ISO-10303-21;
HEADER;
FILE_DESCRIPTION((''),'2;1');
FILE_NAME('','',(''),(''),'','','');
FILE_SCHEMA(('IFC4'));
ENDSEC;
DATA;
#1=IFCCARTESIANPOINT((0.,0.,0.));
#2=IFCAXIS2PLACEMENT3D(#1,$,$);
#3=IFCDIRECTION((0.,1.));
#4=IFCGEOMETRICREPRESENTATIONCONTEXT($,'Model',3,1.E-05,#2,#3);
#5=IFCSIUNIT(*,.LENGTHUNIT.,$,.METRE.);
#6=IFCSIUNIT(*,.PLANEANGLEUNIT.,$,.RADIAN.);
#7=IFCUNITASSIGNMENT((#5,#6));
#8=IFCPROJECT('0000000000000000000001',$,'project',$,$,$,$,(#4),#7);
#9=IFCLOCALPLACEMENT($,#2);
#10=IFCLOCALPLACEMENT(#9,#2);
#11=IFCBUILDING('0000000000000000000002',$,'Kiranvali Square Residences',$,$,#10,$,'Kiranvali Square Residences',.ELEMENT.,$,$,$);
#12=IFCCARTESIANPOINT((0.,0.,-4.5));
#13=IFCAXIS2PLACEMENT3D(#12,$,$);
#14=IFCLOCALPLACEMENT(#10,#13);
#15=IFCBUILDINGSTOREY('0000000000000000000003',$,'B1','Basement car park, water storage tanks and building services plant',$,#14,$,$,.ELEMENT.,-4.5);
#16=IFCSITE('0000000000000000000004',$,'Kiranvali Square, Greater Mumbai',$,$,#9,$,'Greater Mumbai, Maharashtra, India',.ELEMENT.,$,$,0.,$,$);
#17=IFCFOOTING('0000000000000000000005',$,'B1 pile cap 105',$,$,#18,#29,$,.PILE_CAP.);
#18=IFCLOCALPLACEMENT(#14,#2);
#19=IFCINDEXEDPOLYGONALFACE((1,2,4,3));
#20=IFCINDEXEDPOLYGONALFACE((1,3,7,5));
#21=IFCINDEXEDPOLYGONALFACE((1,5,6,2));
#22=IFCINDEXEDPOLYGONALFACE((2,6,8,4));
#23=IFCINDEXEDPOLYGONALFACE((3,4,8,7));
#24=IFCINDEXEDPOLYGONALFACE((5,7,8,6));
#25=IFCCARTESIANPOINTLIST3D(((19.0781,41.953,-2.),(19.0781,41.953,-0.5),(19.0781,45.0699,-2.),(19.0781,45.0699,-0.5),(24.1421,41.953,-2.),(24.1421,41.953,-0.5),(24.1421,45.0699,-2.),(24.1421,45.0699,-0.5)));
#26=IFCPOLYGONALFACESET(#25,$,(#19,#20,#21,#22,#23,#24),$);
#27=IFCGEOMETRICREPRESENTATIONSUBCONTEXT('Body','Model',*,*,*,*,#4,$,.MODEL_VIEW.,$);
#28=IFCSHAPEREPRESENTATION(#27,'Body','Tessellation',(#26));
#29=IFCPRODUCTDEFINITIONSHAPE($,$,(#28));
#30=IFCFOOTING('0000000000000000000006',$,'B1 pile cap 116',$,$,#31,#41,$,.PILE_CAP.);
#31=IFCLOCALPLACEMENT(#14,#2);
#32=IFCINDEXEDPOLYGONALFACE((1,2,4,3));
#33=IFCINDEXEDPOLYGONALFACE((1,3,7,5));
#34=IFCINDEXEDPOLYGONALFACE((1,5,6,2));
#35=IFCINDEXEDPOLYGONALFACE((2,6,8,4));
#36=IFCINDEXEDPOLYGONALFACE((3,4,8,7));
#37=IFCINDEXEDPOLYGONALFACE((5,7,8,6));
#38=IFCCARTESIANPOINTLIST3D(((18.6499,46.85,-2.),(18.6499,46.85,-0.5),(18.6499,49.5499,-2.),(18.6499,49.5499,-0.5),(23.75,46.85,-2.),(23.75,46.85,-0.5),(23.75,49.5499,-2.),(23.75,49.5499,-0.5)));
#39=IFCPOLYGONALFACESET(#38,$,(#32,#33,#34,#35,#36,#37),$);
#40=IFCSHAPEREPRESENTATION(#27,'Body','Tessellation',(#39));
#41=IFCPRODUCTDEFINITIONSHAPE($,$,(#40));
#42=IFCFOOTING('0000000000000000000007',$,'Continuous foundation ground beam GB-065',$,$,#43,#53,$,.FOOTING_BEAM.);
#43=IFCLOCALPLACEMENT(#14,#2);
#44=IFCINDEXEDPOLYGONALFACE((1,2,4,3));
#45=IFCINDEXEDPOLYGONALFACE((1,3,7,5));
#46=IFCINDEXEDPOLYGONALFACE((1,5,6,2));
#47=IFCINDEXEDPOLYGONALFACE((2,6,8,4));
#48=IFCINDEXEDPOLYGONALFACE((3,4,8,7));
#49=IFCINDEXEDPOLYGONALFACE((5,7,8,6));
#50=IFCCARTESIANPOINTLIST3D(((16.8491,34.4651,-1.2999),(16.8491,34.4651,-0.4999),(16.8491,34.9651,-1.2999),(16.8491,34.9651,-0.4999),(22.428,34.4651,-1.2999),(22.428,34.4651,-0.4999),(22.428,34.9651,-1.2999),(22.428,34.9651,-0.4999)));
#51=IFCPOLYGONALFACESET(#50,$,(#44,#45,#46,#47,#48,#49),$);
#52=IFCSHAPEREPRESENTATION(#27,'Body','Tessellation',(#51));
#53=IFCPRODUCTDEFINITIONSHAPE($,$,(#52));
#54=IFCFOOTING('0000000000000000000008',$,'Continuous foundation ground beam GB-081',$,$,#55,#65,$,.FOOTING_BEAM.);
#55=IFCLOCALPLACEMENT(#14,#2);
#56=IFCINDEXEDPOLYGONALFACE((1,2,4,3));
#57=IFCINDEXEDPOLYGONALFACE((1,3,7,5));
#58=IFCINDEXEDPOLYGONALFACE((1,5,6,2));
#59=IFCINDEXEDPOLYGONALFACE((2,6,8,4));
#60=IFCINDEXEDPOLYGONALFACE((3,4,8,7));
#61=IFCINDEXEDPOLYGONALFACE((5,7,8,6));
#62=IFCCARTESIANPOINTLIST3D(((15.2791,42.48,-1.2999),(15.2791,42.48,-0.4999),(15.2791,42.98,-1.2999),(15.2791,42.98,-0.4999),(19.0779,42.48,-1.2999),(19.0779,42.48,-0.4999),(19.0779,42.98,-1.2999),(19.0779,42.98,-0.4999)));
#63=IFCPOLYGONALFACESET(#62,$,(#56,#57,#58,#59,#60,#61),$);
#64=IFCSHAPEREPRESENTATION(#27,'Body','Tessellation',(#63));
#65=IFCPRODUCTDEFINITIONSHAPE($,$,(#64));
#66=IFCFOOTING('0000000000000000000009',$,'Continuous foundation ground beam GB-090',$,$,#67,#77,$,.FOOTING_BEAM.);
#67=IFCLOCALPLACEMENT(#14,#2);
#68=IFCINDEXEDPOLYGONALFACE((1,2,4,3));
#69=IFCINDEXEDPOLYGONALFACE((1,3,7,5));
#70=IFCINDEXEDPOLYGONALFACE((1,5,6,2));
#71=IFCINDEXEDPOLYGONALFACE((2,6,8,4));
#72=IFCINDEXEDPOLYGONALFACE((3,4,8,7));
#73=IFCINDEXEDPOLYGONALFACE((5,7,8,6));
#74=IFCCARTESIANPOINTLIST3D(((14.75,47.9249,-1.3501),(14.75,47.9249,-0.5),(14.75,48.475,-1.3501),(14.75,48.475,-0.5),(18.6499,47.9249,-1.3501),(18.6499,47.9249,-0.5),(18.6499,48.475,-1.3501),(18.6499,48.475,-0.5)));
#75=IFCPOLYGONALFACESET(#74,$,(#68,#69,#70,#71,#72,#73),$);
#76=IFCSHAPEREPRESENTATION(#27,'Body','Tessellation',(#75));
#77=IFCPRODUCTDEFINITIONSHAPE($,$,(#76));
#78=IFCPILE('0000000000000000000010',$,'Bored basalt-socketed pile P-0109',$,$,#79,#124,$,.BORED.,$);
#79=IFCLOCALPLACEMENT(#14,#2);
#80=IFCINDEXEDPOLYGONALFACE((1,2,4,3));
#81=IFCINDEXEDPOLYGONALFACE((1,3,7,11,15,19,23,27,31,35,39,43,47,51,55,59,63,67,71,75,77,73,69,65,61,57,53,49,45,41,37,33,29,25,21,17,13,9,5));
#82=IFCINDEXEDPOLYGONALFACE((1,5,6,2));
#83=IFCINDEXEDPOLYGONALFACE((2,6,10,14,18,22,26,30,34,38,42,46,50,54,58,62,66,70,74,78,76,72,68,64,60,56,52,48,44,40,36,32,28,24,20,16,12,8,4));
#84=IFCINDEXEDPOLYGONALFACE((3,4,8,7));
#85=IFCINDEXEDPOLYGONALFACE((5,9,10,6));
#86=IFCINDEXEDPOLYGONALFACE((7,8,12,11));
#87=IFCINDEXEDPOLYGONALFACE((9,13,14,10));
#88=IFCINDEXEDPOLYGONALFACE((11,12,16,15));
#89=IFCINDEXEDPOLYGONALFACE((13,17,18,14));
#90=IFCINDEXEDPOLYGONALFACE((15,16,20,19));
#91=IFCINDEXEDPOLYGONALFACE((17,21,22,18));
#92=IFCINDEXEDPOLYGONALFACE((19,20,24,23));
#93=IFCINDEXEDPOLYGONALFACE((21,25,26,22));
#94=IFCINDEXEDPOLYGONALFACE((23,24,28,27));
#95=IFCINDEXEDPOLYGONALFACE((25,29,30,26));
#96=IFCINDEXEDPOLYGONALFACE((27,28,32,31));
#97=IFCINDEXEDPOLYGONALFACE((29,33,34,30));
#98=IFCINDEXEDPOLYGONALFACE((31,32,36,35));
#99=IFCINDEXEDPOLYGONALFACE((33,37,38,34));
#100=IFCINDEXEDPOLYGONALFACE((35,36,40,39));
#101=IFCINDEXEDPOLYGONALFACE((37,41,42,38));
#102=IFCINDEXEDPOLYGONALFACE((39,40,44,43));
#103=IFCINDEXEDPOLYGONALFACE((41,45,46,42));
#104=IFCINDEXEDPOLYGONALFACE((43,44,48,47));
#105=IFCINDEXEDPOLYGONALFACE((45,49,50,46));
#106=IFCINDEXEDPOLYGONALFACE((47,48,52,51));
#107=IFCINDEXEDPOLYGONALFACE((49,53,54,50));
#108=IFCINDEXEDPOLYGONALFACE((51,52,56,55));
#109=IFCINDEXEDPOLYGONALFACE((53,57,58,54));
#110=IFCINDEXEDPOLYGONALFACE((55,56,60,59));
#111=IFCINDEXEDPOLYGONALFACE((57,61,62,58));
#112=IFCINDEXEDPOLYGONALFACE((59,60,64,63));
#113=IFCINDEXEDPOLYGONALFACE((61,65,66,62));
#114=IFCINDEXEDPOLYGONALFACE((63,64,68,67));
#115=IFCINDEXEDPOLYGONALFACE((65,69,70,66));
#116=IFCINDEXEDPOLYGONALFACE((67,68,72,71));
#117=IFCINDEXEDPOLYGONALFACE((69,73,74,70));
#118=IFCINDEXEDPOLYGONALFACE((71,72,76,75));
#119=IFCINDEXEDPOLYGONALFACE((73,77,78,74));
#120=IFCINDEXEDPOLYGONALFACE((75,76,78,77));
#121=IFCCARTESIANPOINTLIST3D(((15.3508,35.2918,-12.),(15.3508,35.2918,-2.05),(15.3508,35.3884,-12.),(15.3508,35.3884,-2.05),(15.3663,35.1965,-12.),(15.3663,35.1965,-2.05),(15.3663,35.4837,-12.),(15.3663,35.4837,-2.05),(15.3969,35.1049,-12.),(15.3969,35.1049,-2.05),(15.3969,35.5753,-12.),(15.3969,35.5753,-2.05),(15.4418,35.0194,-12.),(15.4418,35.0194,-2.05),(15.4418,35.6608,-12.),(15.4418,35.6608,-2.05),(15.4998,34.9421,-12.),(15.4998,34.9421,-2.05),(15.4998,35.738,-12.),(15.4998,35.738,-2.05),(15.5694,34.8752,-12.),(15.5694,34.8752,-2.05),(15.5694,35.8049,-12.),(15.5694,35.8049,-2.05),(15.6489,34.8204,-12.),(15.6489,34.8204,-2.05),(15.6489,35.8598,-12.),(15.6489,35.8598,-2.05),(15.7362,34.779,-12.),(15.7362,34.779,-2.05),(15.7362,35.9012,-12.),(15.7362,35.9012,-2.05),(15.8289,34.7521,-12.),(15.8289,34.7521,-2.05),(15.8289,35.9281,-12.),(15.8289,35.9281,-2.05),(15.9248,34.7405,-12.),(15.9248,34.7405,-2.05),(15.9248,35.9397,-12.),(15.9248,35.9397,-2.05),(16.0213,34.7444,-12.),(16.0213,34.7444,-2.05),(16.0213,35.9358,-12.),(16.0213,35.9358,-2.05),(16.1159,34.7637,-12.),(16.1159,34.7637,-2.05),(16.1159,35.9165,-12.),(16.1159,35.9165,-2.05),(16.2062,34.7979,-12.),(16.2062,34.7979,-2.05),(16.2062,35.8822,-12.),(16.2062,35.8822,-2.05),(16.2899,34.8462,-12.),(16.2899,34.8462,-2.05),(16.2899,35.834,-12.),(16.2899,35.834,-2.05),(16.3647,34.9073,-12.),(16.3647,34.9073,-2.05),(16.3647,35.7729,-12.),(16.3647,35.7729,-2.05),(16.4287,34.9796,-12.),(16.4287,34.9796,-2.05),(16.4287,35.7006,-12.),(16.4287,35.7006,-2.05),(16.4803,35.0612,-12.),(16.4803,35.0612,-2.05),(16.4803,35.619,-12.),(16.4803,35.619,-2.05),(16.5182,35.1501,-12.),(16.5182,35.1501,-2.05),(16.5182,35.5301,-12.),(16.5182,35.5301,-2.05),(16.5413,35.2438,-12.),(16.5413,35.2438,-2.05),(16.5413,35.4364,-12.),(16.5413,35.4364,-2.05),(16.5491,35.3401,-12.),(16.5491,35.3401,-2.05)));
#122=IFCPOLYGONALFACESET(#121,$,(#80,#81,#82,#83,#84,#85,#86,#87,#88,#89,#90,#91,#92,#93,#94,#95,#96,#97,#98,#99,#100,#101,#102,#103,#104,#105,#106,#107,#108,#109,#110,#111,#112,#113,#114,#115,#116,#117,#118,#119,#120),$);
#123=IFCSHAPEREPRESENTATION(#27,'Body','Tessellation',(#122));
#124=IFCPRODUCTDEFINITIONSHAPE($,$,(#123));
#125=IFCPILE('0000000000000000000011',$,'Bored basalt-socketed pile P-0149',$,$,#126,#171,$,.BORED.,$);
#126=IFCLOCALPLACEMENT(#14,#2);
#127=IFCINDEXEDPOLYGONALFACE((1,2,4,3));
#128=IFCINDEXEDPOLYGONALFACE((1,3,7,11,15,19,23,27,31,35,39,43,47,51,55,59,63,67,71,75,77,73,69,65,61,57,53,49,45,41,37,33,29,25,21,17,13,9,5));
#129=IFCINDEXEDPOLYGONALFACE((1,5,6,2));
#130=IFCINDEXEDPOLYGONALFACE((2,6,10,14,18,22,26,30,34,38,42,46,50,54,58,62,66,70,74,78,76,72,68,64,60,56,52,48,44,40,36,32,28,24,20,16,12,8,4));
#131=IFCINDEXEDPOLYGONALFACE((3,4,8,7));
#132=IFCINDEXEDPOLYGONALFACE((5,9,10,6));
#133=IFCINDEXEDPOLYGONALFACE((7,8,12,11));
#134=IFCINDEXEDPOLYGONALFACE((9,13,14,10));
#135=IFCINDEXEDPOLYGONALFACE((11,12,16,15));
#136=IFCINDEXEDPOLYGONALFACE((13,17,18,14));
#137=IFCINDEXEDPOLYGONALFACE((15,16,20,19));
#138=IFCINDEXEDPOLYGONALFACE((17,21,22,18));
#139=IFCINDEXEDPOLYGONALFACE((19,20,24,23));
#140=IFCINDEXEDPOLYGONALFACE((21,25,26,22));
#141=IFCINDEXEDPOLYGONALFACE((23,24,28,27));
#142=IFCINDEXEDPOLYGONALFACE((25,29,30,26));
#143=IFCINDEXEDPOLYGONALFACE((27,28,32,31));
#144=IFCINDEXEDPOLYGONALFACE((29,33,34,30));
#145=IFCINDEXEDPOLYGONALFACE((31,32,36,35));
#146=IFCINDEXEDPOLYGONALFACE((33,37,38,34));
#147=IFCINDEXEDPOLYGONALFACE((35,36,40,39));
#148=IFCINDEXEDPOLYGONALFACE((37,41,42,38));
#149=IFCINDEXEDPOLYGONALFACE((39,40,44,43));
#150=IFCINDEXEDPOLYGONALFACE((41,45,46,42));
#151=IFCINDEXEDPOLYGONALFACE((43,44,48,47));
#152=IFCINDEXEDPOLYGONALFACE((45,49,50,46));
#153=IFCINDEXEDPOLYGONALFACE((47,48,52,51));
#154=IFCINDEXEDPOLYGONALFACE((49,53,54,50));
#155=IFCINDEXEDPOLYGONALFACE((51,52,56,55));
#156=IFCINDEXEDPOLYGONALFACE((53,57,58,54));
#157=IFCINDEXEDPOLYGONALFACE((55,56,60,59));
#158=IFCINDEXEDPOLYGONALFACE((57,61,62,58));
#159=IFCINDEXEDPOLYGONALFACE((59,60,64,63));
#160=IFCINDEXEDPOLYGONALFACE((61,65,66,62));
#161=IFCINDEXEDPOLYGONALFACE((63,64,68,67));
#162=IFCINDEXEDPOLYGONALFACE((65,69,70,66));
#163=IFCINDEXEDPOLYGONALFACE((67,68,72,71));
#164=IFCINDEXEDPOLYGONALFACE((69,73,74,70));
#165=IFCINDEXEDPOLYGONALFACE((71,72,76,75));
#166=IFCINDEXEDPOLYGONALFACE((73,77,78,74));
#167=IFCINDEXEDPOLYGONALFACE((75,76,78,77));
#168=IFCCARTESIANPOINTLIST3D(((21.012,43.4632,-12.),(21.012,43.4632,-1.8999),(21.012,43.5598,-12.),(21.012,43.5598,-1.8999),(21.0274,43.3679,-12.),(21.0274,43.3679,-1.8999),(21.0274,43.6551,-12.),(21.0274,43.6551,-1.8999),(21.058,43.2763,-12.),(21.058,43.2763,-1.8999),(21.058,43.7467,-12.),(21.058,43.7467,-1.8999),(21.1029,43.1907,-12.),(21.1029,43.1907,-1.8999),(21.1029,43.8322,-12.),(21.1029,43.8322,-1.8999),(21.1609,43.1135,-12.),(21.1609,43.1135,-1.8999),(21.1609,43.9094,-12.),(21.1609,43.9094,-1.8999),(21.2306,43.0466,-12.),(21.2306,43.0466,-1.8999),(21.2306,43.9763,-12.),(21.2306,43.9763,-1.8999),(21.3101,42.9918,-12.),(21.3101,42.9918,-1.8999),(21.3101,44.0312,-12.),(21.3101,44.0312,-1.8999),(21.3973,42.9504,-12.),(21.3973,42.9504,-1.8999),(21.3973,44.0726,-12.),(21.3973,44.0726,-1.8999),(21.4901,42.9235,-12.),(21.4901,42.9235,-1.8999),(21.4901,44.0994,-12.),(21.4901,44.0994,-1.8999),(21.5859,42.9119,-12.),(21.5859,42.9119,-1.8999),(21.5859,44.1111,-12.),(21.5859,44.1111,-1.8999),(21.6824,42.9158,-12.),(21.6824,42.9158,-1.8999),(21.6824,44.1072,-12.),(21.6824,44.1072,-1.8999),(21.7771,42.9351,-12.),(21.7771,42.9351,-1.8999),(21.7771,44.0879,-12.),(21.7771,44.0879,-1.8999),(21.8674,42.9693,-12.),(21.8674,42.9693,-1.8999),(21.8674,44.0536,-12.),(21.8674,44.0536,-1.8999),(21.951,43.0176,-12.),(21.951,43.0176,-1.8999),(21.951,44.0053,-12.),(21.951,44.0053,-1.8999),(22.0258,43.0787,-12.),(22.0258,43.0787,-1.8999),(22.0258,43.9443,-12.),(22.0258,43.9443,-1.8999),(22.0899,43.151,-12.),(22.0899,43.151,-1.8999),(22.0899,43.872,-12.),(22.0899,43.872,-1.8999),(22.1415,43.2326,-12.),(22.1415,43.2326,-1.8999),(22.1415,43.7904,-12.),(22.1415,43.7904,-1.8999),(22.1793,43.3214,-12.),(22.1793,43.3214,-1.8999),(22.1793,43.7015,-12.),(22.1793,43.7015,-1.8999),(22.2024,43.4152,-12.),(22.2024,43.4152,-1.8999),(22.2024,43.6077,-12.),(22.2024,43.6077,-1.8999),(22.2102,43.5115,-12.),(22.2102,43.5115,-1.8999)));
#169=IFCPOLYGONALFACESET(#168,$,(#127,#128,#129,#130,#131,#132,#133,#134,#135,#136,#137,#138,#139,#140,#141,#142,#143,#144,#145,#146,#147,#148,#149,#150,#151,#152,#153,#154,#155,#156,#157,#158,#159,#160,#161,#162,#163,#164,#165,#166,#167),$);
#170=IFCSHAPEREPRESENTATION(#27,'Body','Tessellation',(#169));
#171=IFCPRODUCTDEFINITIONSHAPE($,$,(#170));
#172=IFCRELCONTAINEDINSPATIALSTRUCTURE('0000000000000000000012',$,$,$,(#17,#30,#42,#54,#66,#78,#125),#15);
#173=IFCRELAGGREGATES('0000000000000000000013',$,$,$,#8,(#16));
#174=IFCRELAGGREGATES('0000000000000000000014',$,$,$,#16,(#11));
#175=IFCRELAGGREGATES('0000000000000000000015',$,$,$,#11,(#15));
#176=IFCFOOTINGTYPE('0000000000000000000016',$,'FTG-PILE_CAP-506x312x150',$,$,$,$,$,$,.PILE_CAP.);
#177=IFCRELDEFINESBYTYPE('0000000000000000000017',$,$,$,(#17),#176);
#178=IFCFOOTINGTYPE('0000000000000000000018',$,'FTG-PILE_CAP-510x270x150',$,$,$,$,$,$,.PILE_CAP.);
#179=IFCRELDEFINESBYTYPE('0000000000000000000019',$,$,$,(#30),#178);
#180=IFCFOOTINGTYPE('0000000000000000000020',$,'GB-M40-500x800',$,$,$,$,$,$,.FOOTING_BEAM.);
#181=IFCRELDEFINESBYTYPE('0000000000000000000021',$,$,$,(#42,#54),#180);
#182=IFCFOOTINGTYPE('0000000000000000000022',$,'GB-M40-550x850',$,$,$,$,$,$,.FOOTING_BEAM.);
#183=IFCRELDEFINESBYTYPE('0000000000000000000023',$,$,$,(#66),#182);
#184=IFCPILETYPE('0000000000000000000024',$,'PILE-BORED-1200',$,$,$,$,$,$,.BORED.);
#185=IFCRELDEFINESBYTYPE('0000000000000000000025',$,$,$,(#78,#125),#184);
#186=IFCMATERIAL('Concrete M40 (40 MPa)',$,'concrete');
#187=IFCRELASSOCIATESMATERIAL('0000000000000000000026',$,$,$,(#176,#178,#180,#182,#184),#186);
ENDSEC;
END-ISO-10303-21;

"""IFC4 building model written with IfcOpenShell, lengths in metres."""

from ifc_helpers import new_model, si_unit, direction, frame, origin, origin_2d, place, context, subcontext, project, spatial, rectangle, circle, extrude, material, material_profile, profile_set, type_object, element, save


model = new_model("IFC4")

# Units and contexts
model_context = context("Model", 3, precision=1e-05, world=origin(), true_north=direction((0.0, 1.0)))
body_context = subcontext(model_context, "Body", "Model", "MODEL_VIEW")
ifc_project = project(units=[si_unit("LENGTHUNIT", "METRE"), si_unit("PLANEANGLEUNIT", "RADIAN")], contexts=[model_context])

# Site, building, storey
site_placement = place(None, origin())
site = spatial("IfcSite", under=ifc_project, at=site_placement, Name="Kiranvali Square, Greater Mumbai", LongName="Greater Mumbai, Maharashtra, India", CompositionType="ELEMENT", RefElevation=0.0)
building_placement = place(site_placement, origin())
building = spatial("IfcBuilding", under=site, at=building_placement, Name="Kiranvali Square Residences", LongName="Kiranvali Square Residences", CompositionType="ELEMENT")
storey_placement = place(building_placement, frame((0.0, 0.0, -4.5)))
storey = spatial("IfcBuildingStorey", under=building, at=storey_placement, Name="B1", Description="Basement car park, water storage tanks and building services plant", CompositionType="ELEMENT", Elevation=-4.5)

# Footings
ifc_material_1 = material(Name="Concrete M40 (40 MPa)", Category="concrete")
footing_type_1 = type_object("IfcFootingType", Name="FTG-PILE_CAP-506x312x150", PredefinedType="PILE_CAP", material=ifc_material_1)
footing_1_placement = place(storey_placement, frame((21.6101, 43.5115, -2.0), z_axis=(0.0, 0.0, 1.0), x_axis=(1.0, 0.0, 0.0)))
element("IfcFooting", 1, at=footing_1_placement, inside=storey, type_object=footing_type_1, Name="B1 pile cap 105", PredefinedType="PILE_CAP", context=body_context, shape_type="SweptSolid", body=[
    extrude(rectangle(XDim=5.064, YDim=3.1169, at=origin_2d()), origin(), (0.0, 0.0, 1.0), 1.5),
])
footing_type_2 = type_object("IfcFootingType", Name="FTG-PILE_CAP-510x270x150", PredefinedType="PILE_CAP", material=ifc_material_1)
footing_2_placement = place(storey_placement, frame((21.2, 48.2, -2.0), z_axis=(0.0, 0.0, 1.0), x_axis=(1.0, 0.0, 0.0)))
element("IfcFooting", 2, at=footing_2_placement, inside=storey, type_object=footing_type_2, Name="B1 pile cap 116", PredefinedType="PILE_CAP", context=body_context, shape_type="SweptSolid", body=[
    extrude(rectangle(XDim=5.1001, YDim=2.7, at=origin_2d()), origin(), (0.0, 0.0, 1.0), 1.5),
])
ifc_material_profile_1 = material_profile(ifc_material_1, rectangle(XDim=0.5, YDim=0.8, at=origin_2d()), Name="GB 500x800")
ifc_profile_set_1 = profile_set([ifc_material_profile_1], Name="Concrete M40 (40 MPa)")
footing_type_3 = type_object("IfcFootingType", Name="GB-M40-500x800", PredefinedType="FOOTING_BEAM", material=ifc_profile_set_1)
footing_3_placement = place(storey_placement, frame((16.8491, 34.7151, -0.8999), z_axis=(1.0, 0.0, 0.0), x_axis=(0.0, 1.0, 0.0)))
element("IfcFooting", 3, at=footing_3_placement, inside=storey, type_object=footing_type_3, Name="Continuous foundation ground beam GB-065", PredefinedType="FOOTING_BEAM", context=body_context, shape_type="SweptSolid", body=[
    extrude(rectangle(XDim=0.5, YDim=0.8, at=origin_2d()), origin(), (0.0, 0.0, 1.0), 5.5789),
])
footing_4_placement = place(storey_placement, frame((15.2791, 42.73, -0.8999), z_axis=(1.0, 0.0, 0.0), x_axis=(0.0, 1.0, 0.0)))
element("IfcFooting", 4, at=footing_4_placement, inside=storey, type_object=footing_type_3, Name="Continuous foundation ground beam GB-081", PredefinedType="FOOTING_BEAM", context=body_context, shape_type="SweptSolid", body=[
    extrude(rectangle(XDim=0.5, YDim=0.8, at=origin_2d()), origin(), (0.0, 0.0, 1.0), 3.7988),
])
ifc_material_profile_2 = material_profile(ifc_material_1, rectangle(XDim=0.55, YDim=0.8501, at=origin_2d()), Name="GB 550x850")
ifc_profile_set_2 = profile_set([ifc_material_profile_2], Name="Concrete M40 (40 MPa)")
footing_type_4 = type_object("IfcFootingType", Name="GB-M40-550x850", PredefinedType="FOOTING_BEAM", material=ifc_profile_set_2)
footing_5_placement = place(storey_placement, frame((14.75, 48.2, -0.925), z_axis=(1.0, 0.0, 0.0), x_axis=(0.0, 1.0, 0.0)))
element("IfcFooting", 5, at=footing_5_placement, inside=storey, type_object=footing_type_4, Name="Continuous foundation ground beam GB-090", PredefinedType="FOOTING_BEAM", context=body_context, shape_type="SweptSolid", body=[
    extrude(rectangle(XDim=0.55, YDim=0.8501, at=origin_2d()), origin(), (0.0, 0.0, 1.0), 3.8999),
])

# Piles
ifc_material_profile_3 = material_profile(ifc_material_1, circle(Radius=0.6001, at=origin_2d()), Name="BORED PILE 1200")
ifc_profile_set_3 = profile_set([ifc_material_profile_3], Name="Concrete M40 (40 MPa)")
pile_type = type_object("IfcPileType", Name="PILE-BORED-1200", PredefinedType="BORED", material=ifc_profile_set_3)
pile_placement = place(storey_placement, frame((15.949, 35.3401, -2.05), z_axis=(0.0, 0.0, -1.0), x_axis=(1.0, 0.0, 0.0)))
element("IfcPile", 6, at=pile_placement, inside=storey, type_object=pile_type, Name="Bored basalt-socketed pile P-0109", PredefinedType="BORED", context=body_context, shape_type="SweptSolid", body=[
    extrude(circle(Radius=0.6001, at=origin_2d()), origin(), (0.0, 0.0, 1.0), 9.95),
])
for number, where, z_axis, x_axis, name in (
    (7, (21.6101, 43.5115, -1.8999), (0.0, 0.0, -1.0), (1.0, 0.0, 0.0), "Bored basalt-socketed pile P-0149"),
):
    element("IfcPile", number, at=place(storey_placement, frame(where, z_axis=z_axis, x_axis=x_axis)), inside=storey, type_object=pile_type, Name=name, PredefinedType="BORED", context=body_context, shape_type="SweptSolid", body=[
        extrude(circle(Radius=0.6001, at=origin_2d()), origin(), (0.0, 0.0, 1.0), 10.1001),
    ])

save(model, "model.ifc")
